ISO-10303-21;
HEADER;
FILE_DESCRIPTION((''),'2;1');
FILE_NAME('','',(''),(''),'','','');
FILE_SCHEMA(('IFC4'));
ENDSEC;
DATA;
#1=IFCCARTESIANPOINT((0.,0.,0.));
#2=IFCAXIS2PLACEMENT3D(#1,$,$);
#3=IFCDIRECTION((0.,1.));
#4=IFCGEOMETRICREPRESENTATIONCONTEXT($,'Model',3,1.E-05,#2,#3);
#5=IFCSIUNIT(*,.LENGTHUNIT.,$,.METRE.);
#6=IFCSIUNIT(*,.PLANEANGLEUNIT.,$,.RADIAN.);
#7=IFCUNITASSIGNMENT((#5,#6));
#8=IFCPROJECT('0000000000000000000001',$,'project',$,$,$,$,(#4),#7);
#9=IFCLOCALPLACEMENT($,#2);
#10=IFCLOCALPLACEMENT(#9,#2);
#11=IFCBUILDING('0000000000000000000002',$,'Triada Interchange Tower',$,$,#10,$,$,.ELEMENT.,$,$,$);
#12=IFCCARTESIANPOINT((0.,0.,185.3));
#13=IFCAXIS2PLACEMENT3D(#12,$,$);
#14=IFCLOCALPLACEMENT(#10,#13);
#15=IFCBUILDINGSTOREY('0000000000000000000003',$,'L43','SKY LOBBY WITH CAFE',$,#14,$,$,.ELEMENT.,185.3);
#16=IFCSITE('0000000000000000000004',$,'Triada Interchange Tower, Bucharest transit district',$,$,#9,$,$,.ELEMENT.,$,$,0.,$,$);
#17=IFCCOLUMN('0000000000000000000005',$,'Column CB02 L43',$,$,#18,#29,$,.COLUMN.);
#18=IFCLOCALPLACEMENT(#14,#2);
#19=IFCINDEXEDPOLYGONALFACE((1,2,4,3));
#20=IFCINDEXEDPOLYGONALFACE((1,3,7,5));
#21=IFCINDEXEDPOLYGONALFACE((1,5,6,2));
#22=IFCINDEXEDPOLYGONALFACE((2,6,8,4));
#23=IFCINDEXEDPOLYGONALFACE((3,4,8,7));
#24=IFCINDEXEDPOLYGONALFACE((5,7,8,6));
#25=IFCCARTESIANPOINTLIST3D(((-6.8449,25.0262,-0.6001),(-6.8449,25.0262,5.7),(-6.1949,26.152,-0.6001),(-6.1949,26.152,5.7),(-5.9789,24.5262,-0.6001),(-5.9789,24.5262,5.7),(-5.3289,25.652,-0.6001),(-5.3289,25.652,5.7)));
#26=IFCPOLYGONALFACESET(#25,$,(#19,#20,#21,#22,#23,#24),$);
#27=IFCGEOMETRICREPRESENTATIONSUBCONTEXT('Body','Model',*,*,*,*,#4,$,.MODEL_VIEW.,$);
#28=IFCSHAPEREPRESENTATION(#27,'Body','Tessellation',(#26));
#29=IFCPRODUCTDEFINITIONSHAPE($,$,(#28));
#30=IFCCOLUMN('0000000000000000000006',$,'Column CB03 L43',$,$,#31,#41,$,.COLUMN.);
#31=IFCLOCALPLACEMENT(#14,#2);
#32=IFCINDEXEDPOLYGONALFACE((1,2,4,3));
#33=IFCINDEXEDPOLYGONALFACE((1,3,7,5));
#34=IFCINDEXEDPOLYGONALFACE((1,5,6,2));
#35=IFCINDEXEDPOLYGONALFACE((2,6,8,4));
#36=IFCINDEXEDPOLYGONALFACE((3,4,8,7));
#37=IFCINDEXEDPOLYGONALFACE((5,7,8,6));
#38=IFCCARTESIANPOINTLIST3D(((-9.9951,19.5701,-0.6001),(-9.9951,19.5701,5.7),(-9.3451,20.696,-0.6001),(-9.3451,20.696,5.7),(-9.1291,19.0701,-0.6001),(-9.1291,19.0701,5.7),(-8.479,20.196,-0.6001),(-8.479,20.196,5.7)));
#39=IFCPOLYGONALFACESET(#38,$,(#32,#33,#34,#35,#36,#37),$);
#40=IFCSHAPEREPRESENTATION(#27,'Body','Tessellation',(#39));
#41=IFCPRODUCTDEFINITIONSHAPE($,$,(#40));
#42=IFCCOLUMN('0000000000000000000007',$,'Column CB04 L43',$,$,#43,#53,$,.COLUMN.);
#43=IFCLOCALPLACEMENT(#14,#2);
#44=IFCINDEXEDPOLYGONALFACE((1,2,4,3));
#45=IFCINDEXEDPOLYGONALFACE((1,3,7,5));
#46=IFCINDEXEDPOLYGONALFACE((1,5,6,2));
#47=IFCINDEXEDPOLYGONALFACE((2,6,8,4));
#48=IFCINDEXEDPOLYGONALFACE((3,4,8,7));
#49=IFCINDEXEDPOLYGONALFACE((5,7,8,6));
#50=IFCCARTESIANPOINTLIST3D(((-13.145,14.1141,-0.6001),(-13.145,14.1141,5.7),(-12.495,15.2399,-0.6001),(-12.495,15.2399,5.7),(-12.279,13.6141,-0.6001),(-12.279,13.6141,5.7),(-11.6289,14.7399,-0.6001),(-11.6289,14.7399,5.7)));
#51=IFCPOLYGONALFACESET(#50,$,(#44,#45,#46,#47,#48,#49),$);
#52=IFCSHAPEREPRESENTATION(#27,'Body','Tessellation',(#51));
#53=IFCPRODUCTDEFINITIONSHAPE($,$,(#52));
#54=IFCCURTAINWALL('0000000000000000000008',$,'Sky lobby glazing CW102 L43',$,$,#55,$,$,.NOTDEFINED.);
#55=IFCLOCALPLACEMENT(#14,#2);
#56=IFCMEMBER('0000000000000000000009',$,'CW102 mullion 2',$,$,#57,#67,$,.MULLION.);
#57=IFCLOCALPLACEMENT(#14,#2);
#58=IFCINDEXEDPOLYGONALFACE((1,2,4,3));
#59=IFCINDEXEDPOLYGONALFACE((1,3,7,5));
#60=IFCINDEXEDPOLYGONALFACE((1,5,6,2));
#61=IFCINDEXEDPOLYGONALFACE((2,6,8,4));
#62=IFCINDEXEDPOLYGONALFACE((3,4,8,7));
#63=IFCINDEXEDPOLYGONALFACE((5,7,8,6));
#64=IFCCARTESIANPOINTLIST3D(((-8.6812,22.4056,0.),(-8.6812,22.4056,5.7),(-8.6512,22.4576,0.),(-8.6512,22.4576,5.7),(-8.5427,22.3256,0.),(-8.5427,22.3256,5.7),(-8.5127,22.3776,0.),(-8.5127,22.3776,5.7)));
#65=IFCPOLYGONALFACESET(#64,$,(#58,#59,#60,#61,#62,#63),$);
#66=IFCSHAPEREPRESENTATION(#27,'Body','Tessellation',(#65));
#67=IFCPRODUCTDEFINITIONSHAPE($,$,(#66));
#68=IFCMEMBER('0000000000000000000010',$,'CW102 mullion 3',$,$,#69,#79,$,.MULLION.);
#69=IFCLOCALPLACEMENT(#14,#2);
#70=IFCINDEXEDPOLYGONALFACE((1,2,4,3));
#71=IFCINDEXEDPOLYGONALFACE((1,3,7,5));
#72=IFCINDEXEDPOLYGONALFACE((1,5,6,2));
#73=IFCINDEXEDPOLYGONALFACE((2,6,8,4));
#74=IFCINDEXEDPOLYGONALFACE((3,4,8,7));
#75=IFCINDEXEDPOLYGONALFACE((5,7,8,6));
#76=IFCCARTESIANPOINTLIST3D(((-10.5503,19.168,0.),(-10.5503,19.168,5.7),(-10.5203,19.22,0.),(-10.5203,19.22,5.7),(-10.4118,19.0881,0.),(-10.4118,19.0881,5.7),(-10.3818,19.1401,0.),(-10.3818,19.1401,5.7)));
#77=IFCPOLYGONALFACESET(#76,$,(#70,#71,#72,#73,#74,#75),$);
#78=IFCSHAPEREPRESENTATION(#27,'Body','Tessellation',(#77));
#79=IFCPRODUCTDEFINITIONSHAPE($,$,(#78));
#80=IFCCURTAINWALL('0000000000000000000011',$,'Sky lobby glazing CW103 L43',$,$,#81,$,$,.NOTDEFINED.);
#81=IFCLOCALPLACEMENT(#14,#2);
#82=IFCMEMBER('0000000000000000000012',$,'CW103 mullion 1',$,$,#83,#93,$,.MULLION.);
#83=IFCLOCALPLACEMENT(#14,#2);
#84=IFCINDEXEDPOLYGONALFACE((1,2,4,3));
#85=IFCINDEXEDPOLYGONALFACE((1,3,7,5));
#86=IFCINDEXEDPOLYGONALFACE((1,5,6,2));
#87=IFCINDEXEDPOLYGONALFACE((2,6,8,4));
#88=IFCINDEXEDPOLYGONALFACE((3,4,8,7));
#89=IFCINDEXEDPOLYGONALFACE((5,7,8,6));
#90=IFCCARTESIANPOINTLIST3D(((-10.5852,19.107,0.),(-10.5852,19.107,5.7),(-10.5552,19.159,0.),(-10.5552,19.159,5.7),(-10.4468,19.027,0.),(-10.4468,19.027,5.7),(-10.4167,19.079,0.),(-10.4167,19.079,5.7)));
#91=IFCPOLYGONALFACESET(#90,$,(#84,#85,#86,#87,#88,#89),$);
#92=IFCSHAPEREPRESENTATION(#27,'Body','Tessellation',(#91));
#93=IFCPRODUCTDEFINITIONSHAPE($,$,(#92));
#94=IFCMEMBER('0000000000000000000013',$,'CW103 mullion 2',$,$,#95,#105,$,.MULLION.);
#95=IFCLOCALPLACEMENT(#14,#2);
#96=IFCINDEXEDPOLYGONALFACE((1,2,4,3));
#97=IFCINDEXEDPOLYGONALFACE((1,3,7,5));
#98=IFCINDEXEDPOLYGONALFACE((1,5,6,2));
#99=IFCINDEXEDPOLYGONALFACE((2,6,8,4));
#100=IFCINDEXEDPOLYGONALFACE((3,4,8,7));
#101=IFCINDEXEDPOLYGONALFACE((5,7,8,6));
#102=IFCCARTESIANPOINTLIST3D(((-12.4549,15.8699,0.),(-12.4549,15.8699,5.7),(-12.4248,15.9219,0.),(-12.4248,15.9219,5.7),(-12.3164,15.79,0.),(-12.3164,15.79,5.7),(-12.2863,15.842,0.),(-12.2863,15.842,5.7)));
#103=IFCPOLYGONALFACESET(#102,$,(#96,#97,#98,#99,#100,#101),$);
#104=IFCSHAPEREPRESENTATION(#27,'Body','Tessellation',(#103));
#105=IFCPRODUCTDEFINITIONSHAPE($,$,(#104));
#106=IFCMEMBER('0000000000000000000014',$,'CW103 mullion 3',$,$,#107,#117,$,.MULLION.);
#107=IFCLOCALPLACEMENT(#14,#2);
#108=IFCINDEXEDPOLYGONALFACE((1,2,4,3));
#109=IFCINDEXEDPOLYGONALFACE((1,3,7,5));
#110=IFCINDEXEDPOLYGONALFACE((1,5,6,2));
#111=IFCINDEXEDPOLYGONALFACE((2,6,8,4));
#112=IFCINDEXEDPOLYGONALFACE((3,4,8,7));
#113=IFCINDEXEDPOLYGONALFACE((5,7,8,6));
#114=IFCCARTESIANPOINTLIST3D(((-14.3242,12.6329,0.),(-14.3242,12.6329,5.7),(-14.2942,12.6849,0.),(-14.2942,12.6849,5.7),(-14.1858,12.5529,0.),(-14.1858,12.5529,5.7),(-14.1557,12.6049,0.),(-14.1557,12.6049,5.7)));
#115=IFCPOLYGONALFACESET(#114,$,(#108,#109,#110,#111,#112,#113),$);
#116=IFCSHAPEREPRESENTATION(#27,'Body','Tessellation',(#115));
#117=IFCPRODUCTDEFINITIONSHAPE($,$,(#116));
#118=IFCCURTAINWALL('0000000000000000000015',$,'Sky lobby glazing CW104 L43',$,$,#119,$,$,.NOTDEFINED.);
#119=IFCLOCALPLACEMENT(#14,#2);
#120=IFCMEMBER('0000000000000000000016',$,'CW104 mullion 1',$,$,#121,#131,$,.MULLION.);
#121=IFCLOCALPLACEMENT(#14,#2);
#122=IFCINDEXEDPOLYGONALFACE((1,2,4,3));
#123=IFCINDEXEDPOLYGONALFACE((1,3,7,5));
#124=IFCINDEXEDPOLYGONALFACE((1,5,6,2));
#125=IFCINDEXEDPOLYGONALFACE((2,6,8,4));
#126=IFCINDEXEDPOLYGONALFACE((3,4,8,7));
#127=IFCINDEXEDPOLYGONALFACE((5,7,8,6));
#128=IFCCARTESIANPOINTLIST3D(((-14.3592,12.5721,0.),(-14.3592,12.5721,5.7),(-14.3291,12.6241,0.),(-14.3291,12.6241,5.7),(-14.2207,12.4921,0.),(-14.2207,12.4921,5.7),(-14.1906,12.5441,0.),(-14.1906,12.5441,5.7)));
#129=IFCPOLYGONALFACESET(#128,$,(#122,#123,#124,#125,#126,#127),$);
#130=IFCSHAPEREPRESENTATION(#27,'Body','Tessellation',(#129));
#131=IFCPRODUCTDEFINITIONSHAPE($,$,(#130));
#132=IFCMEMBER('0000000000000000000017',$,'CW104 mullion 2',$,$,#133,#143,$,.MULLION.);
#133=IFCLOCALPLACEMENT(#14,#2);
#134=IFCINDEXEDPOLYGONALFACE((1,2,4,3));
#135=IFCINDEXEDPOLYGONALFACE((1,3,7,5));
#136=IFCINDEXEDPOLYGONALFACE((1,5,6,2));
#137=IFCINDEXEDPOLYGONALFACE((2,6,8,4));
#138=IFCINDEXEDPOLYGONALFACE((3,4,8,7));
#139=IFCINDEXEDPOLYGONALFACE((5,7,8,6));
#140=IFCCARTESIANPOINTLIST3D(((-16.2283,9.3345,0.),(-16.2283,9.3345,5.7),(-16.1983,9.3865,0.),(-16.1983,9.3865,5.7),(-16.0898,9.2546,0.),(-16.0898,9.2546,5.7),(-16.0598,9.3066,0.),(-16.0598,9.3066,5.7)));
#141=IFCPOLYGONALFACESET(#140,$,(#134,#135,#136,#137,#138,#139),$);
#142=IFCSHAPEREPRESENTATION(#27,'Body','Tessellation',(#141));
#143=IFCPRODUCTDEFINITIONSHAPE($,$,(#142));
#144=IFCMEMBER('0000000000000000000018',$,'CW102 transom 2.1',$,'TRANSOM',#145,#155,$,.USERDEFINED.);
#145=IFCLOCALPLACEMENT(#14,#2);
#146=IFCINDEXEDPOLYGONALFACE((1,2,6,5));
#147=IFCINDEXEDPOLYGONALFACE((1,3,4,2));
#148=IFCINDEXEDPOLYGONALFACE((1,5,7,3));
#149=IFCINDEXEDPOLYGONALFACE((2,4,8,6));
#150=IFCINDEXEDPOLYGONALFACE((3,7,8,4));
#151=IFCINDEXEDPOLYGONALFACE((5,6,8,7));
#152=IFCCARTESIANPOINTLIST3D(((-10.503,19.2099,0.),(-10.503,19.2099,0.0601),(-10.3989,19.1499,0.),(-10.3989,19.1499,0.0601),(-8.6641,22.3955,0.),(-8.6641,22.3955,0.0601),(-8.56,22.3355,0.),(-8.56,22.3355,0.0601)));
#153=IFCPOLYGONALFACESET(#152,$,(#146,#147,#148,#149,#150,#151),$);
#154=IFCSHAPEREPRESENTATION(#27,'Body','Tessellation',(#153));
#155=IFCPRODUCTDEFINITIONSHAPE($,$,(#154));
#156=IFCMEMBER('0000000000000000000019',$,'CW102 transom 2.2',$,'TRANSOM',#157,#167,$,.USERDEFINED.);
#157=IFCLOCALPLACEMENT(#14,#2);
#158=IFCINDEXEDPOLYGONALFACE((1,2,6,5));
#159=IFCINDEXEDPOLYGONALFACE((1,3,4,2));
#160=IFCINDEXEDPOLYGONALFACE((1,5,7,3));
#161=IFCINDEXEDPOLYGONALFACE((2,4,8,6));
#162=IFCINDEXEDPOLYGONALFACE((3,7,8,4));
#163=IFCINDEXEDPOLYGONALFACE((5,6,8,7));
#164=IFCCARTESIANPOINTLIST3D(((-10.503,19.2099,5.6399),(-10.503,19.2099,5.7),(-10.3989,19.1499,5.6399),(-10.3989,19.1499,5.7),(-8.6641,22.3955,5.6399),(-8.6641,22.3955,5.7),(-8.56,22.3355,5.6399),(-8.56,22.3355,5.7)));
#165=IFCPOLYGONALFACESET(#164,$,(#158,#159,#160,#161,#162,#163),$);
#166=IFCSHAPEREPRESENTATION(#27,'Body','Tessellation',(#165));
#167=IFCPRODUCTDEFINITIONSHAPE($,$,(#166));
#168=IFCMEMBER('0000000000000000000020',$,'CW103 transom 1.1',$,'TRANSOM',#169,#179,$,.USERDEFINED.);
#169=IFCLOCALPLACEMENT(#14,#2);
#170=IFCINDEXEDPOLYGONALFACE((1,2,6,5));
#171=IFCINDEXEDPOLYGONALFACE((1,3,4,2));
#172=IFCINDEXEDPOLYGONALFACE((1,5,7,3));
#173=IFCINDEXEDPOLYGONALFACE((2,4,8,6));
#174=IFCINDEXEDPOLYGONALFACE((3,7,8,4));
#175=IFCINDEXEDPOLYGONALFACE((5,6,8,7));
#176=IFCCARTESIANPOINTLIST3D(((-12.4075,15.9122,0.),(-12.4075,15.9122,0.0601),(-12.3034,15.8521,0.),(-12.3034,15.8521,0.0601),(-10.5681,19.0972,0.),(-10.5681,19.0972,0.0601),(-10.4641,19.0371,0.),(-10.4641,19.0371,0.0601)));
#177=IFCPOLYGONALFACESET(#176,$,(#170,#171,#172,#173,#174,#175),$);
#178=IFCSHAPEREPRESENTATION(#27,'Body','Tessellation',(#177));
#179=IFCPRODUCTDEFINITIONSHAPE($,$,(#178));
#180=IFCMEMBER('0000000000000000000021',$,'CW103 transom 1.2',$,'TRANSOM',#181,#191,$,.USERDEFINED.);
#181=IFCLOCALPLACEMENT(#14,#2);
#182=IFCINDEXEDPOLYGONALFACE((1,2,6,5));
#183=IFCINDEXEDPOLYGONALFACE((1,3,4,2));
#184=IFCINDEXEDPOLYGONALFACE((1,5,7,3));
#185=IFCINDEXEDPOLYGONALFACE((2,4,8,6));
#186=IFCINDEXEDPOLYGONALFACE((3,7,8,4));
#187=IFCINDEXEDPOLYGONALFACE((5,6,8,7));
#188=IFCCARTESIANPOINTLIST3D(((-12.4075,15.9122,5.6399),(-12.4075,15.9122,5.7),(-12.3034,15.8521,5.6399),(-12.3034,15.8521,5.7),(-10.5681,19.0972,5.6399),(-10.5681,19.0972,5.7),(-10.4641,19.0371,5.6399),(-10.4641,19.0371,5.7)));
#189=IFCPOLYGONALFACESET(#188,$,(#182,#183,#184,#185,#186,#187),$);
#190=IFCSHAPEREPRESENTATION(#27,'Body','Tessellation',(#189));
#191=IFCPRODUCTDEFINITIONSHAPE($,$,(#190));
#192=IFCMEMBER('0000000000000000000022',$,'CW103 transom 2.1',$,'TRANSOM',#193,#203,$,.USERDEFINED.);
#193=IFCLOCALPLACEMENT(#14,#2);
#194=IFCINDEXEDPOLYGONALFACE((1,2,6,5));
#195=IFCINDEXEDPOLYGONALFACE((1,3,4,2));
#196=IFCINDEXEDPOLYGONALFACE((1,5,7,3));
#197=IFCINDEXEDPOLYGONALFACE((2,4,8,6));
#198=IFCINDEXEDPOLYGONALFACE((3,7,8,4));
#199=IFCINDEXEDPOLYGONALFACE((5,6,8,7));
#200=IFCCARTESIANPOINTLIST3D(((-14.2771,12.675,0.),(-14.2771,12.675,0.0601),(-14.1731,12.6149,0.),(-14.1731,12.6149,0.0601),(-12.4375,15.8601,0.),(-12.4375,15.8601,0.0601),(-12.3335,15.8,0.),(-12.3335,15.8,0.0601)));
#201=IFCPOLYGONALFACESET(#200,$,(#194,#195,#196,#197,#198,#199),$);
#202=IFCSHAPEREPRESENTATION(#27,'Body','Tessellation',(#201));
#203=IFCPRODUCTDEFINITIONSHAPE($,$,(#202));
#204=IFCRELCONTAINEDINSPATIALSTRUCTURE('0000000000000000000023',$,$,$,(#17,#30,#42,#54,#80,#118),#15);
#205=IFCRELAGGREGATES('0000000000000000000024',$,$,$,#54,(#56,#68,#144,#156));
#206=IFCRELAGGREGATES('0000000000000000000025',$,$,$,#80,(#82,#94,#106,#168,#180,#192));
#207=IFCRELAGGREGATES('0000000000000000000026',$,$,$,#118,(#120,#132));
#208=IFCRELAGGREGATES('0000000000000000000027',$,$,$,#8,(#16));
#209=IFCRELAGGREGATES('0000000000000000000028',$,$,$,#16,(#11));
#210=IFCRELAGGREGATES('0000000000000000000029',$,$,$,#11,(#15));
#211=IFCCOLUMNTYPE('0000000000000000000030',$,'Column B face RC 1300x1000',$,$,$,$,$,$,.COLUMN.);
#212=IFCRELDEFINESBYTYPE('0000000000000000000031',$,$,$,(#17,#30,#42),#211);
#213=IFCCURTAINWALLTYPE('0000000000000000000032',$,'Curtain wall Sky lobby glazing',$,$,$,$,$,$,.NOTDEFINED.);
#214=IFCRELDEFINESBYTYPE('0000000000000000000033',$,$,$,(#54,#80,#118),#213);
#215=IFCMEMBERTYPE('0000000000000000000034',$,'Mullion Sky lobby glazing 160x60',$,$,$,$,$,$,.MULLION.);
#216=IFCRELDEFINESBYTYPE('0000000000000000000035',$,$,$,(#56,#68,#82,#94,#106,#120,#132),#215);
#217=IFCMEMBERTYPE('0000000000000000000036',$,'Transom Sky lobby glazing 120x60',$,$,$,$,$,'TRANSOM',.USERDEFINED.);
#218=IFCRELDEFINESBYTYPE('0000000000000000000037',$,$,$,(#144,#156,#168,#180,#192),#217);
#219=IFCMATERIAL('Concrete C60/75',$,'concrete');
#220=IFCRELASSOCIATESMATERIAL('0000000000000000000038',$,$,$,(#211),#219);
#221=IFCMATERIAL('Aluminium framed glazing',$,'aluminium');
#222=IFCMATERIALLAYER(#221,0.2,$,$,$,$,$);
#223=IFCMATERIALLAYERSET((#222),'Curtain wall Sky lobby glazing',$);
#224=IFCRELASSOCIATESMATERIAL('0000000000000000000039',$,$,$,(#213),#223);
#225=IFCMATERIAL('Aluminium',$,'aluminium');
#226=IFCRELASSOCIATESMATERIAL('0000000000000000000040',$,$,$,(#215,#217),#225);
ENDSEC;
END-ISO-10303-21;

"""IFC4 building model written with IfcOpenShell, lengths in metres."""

from ifc_helpers import new_model, si_unit, direction, frame, origin, origin_2d, place, context, subcontext, project, spatial, rectangle, extrude, material, layer, layer_set, material_profile, profile_set, type_object, element, aggregate, save


model = new_model("IFC4")

# Units and contexts
model_context = context("Model", 3, precision=1e-05, world=origin(), true_north=direction((0.0, 1.0)))
body_context = subcontext(model_context, "Body", "Model", "MODEL_VIEW")
ifc_project = project(units=[si_unit("LENGTHUNIT", "METRE"), si_unit("PLANEANGLEUNIT", "RADIAN")], contexts=[model_context])

# Site, building, storey
site_placement = place(None, origin())
site = spatial("IfcSite", under=ifc_project, at=site_placement, Name="Triada Interchange Tower, Bucharest transit district", CompositionType="ELEMENT", RefElevation=0.0)
building_placement = place(site_placement, origin())
building = spatial("IfcBuilding", under=site, at=building_placement, Name="Triada Interchange Tower", CompositionType="ELEMENT")
storey_placement = place(building_placement, frame((0.0, 0.0, 185.3)))
storey = spatial("IfcBuildingStorey", under=building, at=storey_placement, Name="L43", Description="SKY LOBBY WITH CAFE", CompositionType="ELEMENT", Elevation=185.3)

# Columns
ifc_material_1 = material(Name="Concrete C60/75", Category="concrete")
ifc_material_profile_1 = material_profile(ifc_material_1, rectangle(XDim=1.3, YDim=1.0, at=origin_2d()), Name="RC 1300x1000")
ifc_profile_set_1 = profile_set([ifc_material_profile_1], Name="Concrete C60/75")
column_type = type_object("IfcColumnType", Name="Column B face RC 1300x1000", PredefinedType="COLUMN", material=ifc_profile_set_1)
for number, where, z_axis, x_axis, name in (
    (1, (-6.0869, 25.3391, -0.6001), (0.0, 0.0, 1.0), (0.5, 0.866025, 0.0), "Column CB02 L43"),
    (2, (-9.2371, 19.8831, -0.6001), (0.0, 0.0, 1.0), (0.5, 0.866025, 0.0), "Column CB03 L43"),
    (3, (-12.387, 14.427, -0.6001), (0.0, 0.0, 1.0), (0.5, 0.866025, 0.0), "Column CB04 L43"),
):
    element("IfcColumn", number, at=place(storey_placement, frame(where, z_axis=z_axis, x_axis=x_axis)), inside=storey, type_object=column_type, Name=name, PredefinedType="COLUMN", context=body_context, shape_type="SweptSolid", body=[
        extrude(rectangle(XDim=1.3, YDim=1.0, at=origin_2d()), origin(), (0.0, 0.0, 1.0), 6.3),
    ])

# Curtain walls, members
ifc_material_2 = material(Name="Aluminium framed glazing", Category="aluminium")
ifc_layer_1 = layer(ifc_material_2, 0.2)
ifc_layer_set_1 = layer_set([ifc_layer_1], Name="Curtain wall Sky lobby glazing")
curtain_wall_type = type_object("IfcCurtainWallType", Name="Curtain wall Sky lobby glazing", PredefinedType="NOTDEFINED", material=ifc_layer_set_1)
curtain_wall_1_placement = place(storey_placement, origin())
curtain_wall_1 = element("IfcCurtainWall", 4, at=curtain_wall_1_placement, inside=storey, type_object=curtain_wall_type, Name="Sky lobby glazing CW102 L43", PredefinedType="NOTDEFINED")
ifc_material_3 = material(Name="Aluminium", Category="aluminium")
ifc_material_profile_2 = material_profile(ifc_material_3, rectangle(XDim=0.1599, YDim=0.0601, at=origin_2d()), Name="Aluminium mullion")
ifc_profile_set_2 = profile_set([ifc_material_profile_2], Name="Aluminium")
member_type_1 = type_object("IfcMemberType", Name="Mullion Sky lobby glazing 160x60", PredefinedType="MULLION", material=ifc_profile_set_2)
member_1_placement = place(storey_placement, frame((-8.5969, 22.3916, 0.0), z_axis=(0.0, 0.0, 1.0), x_axis=(0.866046, -0.499964, 0.0)))
member_1 = element("IfcMember", 5, at=member_1_placement, type_object=member_type_1, Name="CW102 mullion 2", PredefinedType="MULLION", context=body_context, shape_type="SweptSolid", body=[
    extrude(rectangle(XDim=0.1599, YDim=0.0601, at=origin_2d()), origin(), (0.0, 0.0, 1.0), 5.7),
])
member_2_placement = place(storey_placement, frame((-10.4661, 19.1541, 0.0), z_axis=(0.0, 0.0, 1.0), x_axis=(0.866046, -0.499964, 0.0)))
member_2 = element("IfcMember", 6, at=member_2_placement, type_object=member_type_1, Name="CW102 mullion 3", PredefinedType="MULLION", context=body_context, shape_type="SweptSolid", body=[
    extrude(rectangle(XDim=0.1599, YDim=0.0601, at=origin_2d()), origin(), (0.0, 0.0, 1.0), 5.7),
])
curtain_wall_2_placement = place(storey_placement, origin())
curtain_wall_2 = element("IfcCurtainWall", 7, at=curtain_wall_2_placement, inside=storey, type_object=curtain_wall_type, Name="Sky lobby glazing CW103 L43", PredefinedType="NOTDEFINED")
member_3_placement = place(storey_placement, frame((-10.501, 19.093, 0.0), z_axis=(0.0, 0.0, 1.0), x_axis=(0.865956, -0.500121, 0.0)))
member_3 = element("IfcMember", 8, at=member_3_placement, type_object=member_type_1, Name="CW103 mullion 1", PredefinedType="MULLION", context=body_context, shape_type="SweptSolid", body=[
    extrude(rectangle(XDim=0.1599, YDim=0.0601, at=origin_2d()), origin(), (0.0, 0.0, 1.0), 5.7),
])
member_4_placement = place(storey_placement, frame((-12.3706, 15.856, 0.0), z_axis=(0.0, 0.0, 1.0), x_axis=(0.865956, -0.500121, 0.0)))
member_4 = element("IfcMember", 9, at=member_4_placement, type_object=member_type_1, Name="CW103 mullion 2", PredefinedType="MULLION", context=body_context, shape_type="SweptSolid", body=[
    extrude(rectangle(XDim=0.1599, YDim=0.0601, at=origin_2d()), origin(), (0.0, 0.0, 1.0), 5.7),
])
member_5_placement = place(storey_placement, frame((-14.24, 12.6189, 0.0), z_axis=(0.0, 0.0, 1.0), x_axis=(0.865956, -0.500121, 0.0)))
member_5 = element("IfcMember", 10, at=member_5_placement, type_object=member_type_1, Name="CW103 mullion 3", PredefinedType="MULLION", context=body_context, shape_type="SweptSolid", body=[
    extrude(rectangle(XDim=0.1599, YDim=0.0601, at=origin_2d()), origin(), (0.0, 0.0, 1.0), 5.7),
])
curtain_wall_3_placement = place(storey_placement, origin())
curtain_wall_3 = element("IfcCurtainWall", 11, at=curtain_wall_3_placement, inside=storey, type_object=curtain_wall_type, Name="Sky lobby glazing CW104 L43", PredefinedType="NOTDEFINED")
member_6_placement = place(storey_placement, frame((-14.2749, 12.5581, 0.0), z_axis=(0.0, 0.0, 1.0), x_axis=(0.866046, -0.499964, 0.0)))
member_6 = element("IfcMember", 12, at=member_6_placement, type_object=member_type_1, Name="CW104 mullion 1", PredefinedType="MULLION", context=body_context, shape_type="SweptSolid", body=[
    extrude(rectangle(XDim=0.1599, YDim=0.0601, at=origin_2d()), origin(), (0.0, 0.0, 1.0), 5.7),
])
member_7_placement = place(storey_placement, frame((-16.144, 9.3206, 0.0), z_axis=(0.0, 0.0, 1.0), x_axis=(0.866046, -0.499964, 0.0)))
member_7 = element("IfcMember", 13, at=member_7_placement, type_object=member_type_1, Name="CW104 mullion 2", PredefinedType="MULLION", context=body_context, shape_type="SweptSolid", body=[
    extrude(rectangle(XDim=0.1599, YDim=0.0601, at=origin_2d()), origin(), (0.0, 0.0, 1.0), 5.7),
])

# Members
ifc_material_profile_3 = material_profile(ifc_material_3, rectangle(XDim=0.1201, YDim=0.0601, at=origin_2d()), Name="Aluminium transom")
ifc_profile_set_3 = profile_set([ifc_material_profile_3], Name="Aluminium")
member_type_2 = type_object("IfcMemberType", Name="Transom Sky lobby glazing 120x60", ElementType="TRANSOM", PredefinedType="USERDEFINED", material=ifc_profile_set_3)
member_8_placement = place(storey_placement, frame((-8.6121, 22.3655, 0.03), z_axis=(-0.499937, -0.866062, 0.0), x_axis=(0.866062, -0.499937, 0.0)))
member_8 = element("IfcMember", 14, at=member_8_placement, type_object=member_type_2, Name="CW102 transom 2.1", ObjectType="TRANSOM", PredefinedType="USERDEFINED", context=body_context, shape_type="SweptSolid", body=[
    extrude(rectangle(XDim=0.1201, YDim=0.0601, at=origin_2d()), origin(), (0.0, 0.0, 1.0), 3.6782),
])
member_9_placement = place(storey_placement, frame((-8.6121, 22.3655, 5.6699), z_axis=(-0.499937, -0.866062, 0.0), x_axis=(0.866062, -0.499937, 0.0)))
member_9 = element("IfcMember", 15, at=member_9_placement, type_object=member_type_2, Name="CW102 transom 2.2", ObjectType="TRANSOM", PredefinedType="USERDEFINED", context=body_context, shape_type="SweptSolid", body=[
    extrude(rectangle(XDim=0.1201, YDim=0.0601, at=origin_2d()), origin(), (0.0, 0.0, 1.0), 3.6782),
])
member_10_placement = place(storey_placement, frame((-10.5161, 19.0671, 0.03), z_axis=(-0.500094, -0.865971, 0.0), x_axis=(0.865971, -0.500094, 0.0)))
member_10 = element("IfcMember", 16, at=member_10_placement, type_object=member_type_2, Name="CW103 transom 1.1", ObjectType="TRANSOM", PredefinedType="USERDEFINED", context=body_context, shape_type="SweptSolid", body=[
    extrude(rectangle(XDim=0.1201, YDim=0.0601, at=origin_2d()), origin(), (0.0, 0.0, 1.0), 3.678),
])
member_11_placement = place(storey_placement, frame((-10.5161, 19.0671, 5.6699), z_axis=(-0.500094, -0.865971, 0.0), x_axis=(0.865971, -0.500094, 0.0)))
member_11 = element("IfcMember", 17, at=member_11_placement, type_object=member_type_2, Name="CW103 transom 1.2", ObjectType="TRANSOM", PredefinedType="USERDEFINED", context=body_context, shape_type="SweptSolid", body=[
    extrude(rectangle(XDim=0.1201, YDim=0.0601, at=origin_2d()), origin(), (0.0, 0.0, 1.0), 3.678),
])
member_12_placement = place(storey_placement, frame((-12.3855, 15.8301, 0.03), z_axis=(-0.500144, -0.865942, 0.0), x_axis=(0.865942, -0.500144, 0.0)))
member_12 = element("IfcMember", 18, at=member_12_placement, type_object=member_type_2, Name="CW103 transom 2.1", ObjectType="TRANSOM", PredefinedType="USERDEFINED", context=body_context, shape_type="SweptSolid", body=[
    extrude(rectangle(XDim=0.1201, YDim=0.0601, at=origin_2d()), origin(), (0.0, 0.0, 1.0), 3.6782),
])

aggregate(curtain_wall_1, [member_1, member_2, member_8, member_9])
aggregate(curtain_wall_2, [member_3, member_4, member_5, member_10, member_11, member_12])
aggregate(curtain_wall_3, [member_6, member_7])

save(model, "model.ifc")
